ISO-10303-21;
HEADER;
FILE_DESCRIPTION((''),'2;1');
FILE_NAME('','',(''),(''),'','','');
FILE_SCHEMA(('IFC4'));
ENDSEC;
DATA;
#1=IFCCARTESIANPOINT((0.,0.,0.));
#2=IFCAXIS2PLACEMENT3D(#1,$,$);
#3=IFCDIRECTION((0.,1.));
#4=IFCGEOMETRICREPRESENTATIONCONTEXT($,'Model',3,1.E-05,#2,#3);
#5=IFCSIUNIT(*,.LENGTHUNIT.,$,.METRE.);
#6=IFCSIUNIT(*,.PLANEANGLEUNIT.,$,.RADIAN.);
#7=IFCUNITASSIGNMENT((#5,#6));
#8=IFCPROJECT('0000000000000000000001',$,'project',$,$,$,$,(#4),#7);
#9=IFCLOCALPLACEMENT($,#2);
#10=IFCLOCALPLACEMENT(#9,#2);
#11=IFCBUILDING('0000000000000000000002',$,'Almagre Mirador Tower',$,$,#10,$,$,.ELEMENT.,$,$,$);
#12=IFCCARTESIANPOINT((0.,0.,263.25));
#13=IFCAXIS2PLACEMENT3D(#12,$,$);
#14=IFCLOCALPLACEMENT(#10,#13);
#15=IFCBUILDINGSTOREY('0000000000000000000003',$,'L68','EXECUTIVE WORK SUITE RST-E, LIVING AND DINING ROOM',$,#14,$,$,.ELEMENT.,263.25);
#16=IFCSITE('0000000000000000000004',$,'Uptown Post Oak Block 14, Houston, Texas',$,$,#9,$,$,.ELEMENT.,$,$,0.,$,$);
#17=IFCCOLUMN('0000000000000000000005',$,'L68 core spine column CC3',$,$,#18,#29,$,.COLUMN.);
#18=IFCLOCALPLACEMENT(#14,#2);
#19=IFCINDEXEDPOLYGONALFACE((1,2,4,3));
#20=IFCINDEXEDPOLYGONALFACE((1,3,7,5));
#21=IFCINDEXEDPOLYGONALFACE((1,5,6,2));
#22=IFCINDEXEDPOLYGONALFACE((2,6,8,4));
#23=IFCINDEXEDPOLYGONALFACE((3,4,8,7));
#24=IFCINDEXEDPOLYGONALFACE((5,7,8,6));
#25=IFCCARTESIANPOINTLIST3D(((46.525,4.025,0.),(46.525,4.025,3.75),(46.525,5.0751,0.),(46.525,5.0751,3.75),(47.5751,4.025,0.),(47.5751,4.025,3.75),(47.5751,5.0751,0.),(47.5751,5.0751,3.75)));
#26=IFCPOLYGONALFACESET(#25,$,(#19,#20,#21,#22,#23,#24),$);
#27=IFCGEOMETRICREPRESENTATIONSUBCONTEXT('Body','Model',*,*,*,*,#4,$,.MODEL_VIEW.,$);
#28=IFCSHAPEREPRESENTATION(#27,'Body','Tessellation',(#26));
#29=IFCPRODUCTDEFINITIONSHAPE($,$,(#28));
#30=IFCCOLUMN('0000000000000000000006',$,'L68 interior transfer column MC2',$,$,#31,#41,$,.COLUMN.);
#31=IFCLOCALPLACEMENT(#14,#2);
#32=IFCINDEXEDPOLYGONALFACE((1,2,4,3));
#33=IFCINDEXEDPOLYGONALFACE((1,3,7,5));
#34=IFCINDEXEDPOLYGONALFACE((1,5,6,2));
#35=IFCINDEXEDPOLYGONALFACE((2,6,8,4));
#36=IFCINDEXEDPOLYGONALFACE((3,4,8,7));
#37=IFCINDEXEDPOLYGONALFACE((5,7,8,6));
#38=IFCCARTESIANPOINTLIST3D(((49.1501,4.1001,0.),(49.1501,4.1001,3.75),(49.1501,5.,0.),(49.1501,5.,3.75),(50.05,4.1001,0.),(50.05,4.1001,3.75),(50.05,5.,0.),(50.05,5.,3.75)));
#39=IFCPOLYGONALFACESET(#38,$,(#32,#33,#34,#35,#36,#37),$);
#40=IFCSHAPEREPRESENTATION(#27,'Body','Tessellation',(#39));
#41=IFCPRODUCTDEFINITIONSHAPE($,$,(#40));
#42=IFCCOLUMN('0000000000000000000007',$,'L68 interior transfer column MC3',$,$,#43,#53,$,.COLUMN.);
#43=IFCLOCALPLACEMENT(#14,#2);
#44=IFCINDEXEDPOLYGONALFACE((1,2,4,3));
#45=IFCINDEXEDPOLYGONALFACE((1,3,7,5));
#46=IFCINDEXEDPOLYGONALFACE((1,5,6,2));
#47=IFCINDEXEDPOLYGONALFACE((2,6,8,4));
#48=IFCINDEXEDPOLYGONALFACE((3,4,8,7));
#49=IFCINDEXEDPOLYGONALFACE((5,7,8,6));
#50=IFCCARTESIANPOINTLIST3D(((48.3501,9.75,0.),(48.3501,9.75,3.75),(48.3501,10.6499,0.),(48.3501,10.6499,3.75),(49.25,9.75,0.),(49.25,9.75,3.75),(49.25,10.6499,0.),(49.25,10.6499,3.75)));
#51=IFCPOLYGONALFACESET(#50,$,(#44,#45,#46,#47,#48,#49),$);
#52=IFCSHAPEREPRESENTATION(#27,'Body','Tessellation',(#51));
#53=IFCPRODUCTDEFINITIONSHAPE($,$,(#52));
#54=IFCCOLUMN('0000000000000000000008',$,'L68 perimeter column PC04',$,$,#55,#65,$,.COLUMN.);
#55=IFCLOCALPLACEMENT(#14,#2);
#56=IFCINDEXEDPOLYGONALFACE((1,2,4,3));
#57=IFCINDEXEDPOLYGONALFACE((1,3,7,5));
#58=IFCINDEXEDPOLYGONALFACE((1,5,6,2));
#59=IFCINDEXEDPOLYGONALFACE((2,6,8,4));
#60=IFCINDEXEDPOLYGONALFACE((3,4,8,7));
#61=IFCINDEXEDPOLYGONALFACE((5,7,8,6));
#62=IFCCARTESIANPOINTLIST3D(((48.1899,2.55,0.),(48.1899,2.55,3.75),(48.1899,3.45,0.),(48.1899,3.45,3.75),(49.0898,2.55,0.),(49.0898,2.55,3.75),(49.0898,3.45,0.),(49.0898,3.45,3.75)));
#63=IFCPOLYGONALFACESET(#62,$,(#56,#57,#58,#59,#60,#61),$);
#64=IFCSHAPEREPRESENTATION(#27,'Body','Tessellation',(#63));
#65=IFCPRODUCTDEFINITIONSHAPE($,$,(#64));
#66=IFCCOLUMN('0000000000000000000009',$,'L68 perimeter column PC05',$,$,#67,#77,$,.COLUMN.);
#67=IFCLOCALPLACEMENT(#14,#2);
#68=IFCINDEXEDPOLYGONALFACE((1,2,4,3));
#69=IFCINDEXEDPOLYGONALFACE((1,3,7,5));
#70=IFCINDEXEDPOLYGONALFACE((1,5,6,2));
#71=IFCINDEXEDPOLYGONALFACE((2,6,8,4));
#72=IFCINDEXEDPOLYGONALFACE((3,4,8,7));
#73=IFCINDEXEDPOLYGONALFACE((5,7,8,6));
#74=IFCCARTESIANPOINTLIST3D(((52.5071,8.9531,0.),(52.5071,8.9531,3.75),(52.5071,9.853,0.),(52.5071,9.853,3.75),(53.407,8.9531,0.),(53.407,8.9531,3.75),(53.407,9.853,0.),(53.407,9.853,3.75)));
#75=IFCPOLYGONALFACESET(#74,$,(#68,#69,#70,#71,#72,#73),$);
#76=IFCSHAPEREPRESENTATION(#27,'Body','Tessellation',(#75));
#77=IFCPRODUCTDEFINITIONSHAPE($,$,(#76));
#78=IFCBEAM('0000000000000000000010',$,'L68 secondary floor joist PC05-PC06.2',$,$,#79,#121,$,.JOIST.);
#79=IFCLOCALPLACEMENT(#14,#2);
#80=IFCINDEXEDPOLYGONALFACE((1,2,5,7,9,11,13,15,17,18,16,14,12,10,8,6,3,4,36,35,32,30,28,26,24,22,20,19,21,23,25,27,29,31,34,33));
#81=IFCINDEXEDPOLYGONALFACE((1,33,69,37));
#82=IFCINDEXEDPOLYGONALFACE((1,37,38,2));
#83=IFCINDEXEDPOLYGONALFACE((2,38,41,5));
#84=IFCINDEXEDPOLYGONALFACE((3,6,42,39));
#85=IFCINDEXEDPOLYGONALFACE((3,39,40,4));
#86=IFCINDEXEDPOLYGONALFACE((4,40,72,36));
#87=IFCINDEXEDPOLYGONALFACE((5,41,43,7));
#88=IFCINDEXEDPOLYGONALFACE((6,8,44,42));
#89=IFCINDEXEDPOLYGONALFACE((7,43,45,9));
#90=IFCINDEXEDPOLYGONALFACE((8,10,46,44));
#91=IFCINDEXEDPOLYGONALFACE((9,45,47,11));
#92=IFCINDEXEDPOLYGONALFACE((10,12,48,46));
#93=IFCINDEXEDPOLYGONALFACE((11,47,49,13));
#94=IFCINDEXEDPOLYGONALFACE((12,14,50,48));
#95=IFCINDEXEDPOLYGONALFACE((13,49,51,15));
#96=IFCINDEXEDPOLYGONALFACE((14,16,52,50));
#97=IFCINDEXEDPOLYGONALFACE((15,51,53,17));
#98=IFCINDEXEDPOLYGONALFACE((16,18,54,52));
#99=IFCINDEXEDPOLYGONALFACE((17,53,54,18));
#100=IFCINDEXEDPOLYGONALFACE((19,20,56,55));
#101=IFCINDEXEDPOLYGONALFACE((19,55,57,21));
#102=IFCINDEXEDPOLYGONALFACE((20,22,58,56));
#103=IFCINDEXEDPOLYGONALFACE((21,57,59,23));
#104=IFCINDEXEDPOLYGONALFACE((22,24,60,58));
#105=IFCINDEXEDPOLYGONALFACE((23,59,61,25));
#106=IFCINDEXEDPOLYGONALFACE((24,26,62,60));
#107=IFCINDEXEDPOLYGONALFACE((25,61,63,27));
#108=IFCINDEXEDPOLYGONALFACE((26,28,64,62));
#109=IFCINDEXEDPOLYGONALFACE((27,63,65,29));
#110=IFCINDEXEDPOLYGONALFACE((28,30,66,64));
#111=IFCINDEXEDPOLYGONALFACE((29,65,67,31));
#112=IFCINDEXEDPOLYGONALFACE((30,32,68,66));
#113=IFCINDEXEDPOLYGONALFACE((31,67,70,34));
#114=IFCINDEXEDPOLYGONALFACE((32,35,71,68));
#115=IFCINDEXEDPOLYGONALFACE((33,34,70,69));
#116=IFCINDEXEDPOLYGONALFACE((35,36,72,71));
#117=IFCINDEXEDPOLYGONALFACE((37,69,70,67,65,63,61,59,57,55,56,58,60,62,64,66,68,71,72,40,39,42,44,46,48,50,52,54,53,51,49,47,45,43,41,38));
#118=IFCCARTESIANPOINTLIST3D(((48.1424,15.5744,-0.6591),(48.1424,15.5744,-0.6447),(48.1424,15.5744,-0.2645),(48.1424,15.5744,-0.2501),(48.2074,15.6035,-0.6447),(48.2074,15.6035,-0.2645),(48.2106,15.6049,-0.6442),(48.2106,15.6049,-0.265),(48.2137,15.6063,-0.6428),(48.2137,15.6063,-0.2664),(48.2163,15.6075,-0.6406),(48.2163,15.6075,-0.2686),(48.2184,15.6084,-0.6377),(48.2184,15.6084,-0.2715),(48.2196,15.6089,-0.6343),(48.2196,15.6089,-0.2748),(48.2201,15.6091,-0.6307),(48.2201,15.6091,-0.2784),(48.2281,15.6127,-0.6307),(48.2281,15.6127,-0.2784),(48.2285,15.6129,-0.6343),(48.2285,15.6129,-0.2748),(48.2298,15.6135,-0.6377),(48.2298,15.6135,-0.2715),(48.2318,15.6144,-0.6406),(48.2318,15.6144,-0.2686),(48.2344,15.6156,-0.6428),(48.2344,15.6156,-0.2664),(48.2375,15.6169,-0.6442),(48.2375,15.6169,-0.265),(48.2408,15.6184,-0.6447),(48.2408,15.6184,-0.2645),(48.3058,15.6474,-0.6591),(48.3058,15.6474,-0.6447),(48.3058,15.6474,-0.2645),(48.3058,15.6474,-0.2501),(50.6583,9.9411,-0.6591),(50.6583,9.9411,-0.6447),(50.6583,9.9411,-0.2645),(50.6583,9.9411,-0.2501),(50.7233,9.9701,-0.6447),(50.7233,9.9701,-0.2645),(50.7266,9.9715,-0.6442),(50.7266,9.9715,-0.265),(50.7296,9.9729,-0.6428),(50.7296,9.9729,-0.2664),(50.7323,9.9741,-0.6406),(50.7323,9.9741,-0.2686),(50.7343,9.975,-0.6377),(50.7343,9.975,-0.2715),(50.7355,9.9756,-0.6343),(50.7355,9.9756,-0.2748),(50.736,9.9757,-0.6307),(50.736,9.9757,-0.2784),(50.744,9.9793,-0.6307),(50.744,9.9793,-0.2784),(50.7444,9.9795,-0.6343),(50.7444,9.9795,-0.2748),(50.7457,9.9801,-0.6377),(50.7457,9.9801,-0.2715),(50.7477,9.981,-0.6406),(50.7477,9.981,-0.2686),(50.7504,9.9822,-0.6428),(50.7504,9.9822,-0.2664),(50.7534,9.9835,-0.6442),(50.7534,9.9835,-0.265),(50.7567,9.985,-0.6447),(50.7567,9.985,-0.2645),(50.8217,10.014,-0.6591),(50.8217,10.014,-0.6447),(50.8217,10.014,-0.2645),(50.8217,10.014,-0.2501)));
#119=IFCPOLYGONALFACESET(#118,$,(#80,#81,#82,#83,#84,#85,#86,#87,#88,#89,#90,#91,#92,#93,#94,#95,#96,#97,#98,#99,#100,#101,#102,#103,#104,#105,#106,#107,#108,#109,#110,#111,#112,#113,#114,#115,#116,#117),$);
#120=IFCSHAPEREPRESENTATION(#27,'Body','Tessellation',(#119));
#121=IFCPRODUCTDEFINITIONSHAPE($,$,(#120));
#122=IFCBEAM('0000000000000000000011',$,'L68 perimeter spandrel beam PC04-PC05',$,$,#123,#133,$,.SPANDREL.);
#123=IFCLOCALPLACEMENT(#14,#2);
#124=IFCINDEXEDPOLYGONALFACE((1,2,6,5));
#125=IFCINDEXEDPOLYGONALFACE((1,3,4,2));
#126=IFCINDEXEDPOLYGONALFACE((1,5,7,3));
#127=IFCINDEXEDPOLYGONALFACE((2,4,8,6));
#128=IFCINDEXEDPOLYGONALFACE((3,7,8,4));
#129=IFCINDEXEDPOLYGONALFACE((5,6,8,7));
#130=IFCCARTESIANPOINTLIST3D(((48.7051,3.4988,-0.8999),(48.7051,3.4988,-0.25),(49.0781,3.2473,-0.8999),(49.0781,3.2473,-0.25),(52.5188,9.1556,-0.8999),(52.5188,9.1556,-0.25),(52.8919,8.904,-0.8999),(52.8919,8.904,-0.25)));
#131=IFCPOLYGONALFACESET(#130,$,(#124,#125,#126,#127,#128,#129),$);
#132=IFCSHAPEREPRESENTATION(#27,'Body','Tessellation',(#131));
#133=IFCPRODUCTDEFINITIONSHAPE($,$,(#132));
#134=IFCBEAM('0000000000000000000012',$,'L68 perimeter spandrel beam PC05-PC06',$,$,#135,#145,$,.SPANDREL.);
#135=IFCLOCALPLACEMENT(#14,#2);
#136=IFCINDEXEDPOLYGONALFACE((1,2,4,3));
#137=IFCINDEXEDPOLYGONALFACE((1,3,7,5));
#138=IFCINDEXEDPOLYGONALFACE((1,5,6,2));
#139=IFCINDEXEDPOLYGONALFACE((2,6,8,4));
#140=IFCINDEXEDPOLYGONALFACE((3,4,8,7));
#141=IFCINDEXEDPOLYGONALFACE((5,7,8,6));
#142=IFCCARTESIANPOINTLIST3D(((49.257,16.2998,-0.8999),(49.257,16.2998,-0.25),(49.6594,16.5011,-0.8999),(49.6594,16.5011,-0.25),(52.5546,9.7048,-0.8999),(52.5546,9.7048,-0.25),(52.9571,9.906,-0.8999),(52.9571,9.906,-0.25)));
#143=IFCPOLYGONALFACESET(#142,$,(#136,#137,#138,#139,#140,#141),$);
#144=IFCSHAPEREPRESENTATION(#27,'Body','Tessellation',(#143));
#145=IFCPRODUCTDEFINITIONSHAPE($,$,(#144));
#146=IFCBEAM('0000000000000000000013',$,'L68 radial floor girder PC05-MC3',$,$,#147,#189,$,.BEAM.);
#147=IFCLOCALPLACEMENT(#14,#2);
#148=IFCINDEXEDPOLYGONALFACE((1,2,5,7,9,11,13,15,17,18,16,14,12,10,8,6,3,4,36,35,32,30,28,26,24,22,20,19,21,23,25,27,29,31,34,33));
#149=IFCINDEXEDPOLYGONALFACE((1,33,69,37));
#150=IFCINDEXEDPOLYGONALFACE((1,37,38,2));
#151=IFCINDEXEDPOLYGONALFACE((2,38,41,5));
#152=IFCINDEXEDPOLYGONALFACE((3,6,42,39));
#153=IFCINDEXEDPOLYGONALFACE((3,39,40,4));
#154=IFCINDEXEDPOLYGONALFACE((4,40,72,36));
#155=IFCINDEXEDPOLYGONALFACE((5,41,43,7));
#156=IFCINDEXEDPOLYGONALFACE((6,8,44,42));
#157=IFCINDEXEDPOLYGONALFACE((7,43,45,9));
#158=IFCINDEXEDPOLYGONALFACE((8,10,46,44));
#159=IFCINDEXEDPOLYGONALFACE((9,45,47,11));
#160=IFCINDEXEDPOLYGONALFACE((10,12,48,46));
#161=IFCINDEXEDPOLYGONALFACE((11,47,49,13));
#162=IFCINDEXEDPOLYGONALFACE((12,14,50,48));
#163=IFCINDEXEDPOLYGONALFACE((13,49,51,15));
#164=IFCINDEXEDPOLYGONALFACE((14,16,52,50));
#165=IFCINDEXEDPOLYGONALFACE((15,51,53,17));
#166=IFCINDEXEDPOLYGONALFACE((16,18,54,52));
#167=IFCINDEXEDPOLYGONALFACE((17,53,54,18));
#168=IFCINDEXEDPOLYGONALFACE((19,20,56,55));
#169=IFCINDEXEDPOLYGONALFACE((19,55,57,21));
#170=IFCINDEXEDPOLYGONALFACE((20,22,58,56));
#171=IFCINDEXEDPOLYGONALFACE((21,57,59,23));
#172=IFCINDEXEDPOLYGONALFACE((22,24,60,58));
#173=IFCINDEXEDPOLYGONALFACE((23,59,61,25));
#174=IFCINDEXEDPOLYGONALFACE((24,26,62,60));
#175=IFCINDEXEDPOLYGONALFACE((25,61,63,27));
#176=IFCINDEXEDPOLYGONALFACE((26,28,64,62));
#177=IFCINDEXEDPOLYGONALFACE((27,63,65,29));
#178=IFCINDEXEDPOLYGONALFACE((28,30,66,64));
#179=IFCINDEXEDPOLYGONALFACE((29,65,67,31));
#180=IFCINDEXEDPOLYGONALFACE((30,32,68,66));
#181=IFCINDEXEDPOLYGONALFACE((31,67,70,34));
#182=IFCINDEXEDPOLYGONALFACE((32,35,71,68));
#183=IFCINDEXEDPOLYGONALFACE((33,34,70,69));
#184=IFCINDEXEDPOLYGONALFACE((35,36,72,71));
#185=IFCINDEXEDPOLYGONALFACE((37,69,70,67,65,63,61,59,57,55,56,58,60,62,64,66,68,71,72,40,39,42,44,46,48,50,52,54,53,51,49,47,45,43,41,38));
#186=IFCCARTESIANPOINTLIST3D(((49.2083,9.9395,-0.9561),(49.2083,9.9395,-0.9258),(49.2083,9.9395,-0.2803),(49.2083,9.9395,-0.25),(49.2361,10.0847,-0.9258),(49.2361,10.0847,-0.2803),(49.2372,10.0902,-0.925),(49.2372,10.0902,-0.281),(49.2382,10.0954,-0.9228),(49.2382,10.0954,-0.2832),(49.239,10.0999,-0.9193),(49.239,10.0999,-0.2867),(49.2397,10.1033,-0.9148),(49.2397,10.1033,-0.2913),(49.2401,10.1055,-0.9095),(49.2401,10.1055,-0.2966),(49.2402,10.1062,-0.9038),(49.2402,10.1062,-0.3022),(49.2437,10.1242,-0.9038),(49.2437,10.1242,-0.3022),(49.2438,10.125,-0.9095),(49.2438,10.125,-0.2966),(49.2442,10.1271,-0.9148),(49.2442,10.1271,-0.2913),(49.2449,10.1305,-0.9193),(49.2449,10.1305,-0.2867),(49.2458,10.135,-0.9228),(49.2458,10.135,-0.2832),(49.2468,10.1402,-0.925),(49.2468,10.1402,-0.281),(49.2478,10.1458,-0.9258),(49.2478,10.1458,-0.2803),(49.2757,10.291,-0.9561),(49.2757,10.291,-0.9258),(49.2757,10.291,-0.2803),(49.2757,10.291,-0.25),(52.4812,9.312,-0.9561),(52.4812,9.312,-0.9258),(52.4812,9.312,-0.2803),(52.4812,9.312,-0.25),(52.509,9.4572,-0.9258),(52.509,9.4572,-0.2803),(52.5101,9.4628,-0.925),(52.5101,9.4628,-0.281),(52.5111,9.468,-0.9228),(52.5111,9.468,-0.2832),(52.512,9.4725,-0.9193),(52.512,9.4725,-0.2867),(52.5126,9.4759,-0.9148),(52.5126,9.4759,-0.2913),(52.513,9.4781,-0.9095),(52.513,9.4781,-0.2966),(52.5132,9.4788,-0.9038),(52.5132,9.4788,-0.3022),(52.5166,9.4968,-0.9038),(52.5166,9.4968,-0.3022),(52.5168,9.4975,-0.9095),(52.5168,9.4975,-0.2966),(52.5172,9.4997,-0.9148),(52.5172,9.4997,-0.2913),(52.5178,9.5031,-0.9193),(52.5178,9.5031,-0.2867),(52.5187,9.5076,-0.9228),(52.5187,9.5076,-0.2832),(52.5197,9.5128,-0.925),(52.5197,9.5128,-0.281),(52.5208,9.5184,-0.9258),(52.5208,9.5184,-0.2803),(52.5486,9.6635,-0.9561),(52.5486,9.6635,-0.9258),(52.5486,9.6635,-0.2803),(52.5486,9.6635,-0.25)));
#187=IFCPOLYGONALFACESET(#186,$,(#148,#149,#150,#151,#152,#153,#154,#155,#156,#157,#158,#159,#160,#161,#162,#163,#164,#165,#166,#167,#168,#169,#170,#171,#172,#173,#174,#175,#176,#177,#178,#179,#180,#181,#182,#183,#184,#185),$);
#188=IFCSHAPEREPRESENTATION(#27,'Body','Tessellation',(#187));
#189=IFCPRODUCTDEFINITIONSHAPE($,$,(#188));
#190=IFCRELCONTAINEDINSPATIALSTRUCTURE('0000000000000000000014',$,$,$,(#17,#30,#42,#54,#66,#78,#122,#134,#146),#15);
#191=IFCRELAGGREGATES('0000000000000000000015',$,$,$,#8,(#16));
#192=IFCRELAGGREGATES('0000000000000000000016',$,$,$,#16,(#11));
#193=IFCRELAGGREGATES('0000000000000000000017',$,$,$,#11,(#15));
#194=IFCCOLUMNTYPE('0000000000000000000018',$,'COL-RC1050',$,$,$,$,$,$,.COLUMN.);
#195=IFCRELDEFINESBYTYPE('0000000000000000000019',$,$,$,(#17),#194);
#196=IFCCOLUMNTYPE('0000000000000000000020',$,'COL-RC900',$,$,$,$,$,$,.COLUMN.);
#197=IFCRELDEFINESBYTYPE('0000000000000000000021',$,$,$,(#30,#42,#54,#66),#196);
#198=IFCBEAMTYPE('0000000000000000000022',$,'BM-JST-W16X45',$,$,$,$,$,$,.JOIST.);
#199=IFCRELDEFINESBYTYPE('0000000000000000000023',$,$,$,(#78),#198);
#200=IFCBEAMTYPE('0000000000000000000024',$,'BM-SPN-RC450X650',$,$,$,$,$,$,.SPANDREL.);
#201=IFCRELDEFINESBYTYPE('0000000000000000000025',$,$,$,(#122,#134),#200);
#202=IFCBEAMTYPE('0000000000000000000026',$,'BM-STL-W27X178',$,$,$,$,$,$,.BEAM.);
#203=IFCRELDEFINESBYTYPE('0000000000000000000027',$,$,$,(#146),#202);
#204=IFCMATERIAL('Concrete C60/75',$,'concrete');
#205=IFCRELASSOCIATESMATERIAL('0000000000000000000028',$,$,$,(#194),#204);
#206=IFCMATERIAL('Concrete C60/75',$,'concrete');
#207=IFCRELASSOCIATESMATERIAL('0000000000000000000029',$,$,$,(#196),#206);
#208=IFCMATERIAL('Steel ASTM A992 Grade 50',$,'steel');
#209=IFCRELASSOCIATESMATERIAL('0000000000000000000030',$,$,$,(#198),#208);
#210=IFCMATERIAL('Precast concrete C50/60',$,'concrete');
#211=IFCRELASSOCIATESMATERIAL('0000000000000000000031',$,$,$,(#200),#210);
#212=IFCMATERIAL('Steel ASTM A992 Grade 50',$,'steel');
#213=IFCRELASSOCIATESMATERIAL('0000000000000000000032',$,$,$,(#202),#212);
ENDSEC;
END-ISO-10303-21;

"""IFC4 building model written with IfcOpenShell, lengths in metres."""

from ifc_helpers import new_model, si_unit, direction, frame, origin, origin_2d, place, context, subcontext, project, spatial, rectangle, i_section, extrude, material, material_profile, profile_set, type_object, element, save


model = new_model("IFC4")

# Units and contexts
model_context = context("Model", 3, precision=1e-05, world=origin(), true_north=direction((0.0, 1.0)))
body_context = subcontext(model_context, "Body", "Model", "MODEL_VIEW")
ifc_project = project(units=[si_unit("LENGTHUNIT", "METRE"), si_unit("PLANEANGLEUNIT", "RADIAN")], contexts=[model_context])

# Site, building, storey
site_placement = place(None, origin())
site = spatial("IfcSite", under=ifc_project, at=site_placement, Name="Uptown Post Oak Block 14, Houston, Texas", CompositionType="ELEMENT", RefElevation=0.0)
building_placement = place(site_placement, origin())
building = spatial("IfcBuilding", under=site, at=building_placement, Name="Almagre Mirador Tower", CompositionType="ELEMENT")
storey_placement = place(building_placement, frame((0.0, 0.0, 263.25)))
storey = spatial("IfcBuildingStorey", under=building, at=storey_placement, Name="L68", Description="EXECUTIVE WORK SUITE RST-E, LIVING AND DINING ROOM", CompositionType="ELEMENT", Elevation=263.25)

# Columns
ifc_material_1 = material(Name="Concrete C60/75", Category="concrete")
ifc_material_profile_1 = material_profile(ifc_material_1, rectangle(XDim=1.05, YDim=1.05, at=origin_2d()), Name="RC1050X1050")
ifc_profile_set_1 = profile_set([ifc_material_profile_1], Name="Concrete C60/75")
column_type_1 = type_object("IfcColumnType", Name="COL-RC1050", PredefinedType="COLUMN", material=ifc_profile_set_1)
column_placement = place(storey_placement, frame((47.05, 4.55, 0.0), z_axis=(0.0, 0.0, 1.0), x_axis=(1.0, 0.0, 0.0)))
element("IfcColumn", 1, at=column_placement, inside=storey, type_object=column_type_1, Name="L68 core spine column CC3", PredefinedType="COLUMN", context=body_context, shape_type="SweptSolid", body=[
    extrude(rectangle(XDim=1.05, YDim=1.05, at=origin_2d()), origin(), (0.0, 0.0, 1.0), 3.75),
])
ifc_material_2 = material(Name="Concrete C60/75", Category="concrete")
ifc_material_profile_2 = material_profile(ifc_material_2, rectangle(XDim=0.8999, YDim=0.8999, at=origin_2d()), Name="RC900X900")
ifc_profile_set_2 = profile_set([ifc_material_profile_2], Name="Concrete C60/75")
column_type_2 = type_object("IfcColumnType", Name="COL-RC900", PredefinedType="COLUMN", material=ifc_profile_set_2)
for number, where, z_axis, x_axis, name in (
    (2, (49.6001, 4.55, 0.0), (0.0, 0.0, 1.0), (1.0, 0.0, 0.0), "L68 interior transfer column MC2"),
    (3, (48.8, 10.2, 0.0), (0.0, 0.0, 1.0), (1.0, 0.0, 0.0), "L68 interior transfer column MC3"),
    (4, (48.6399, 3.0, 0.0), (0.0, 0.0, 1.0), (1.0, 0.0, 0.0), "L68 perimeter column PC04"),
    (5, (52.957, 9.4031, 0.0), (0.0, 0.0, 1.0), (1.0, 0.0, 0.0), "L68 perimeter column PC05"),
):
    element("IfcColumn", number, at=place(storey_placement, frame(where, z_axis=z_axis, x_axis=x_axis)), inside=storey, type_object=column_type_2, Name=name, PredefinedType="COLUMN", context=body_context, shape_type="SweptSolid", body=[
        extrude(rectangle(XDim=0.8999, YDim=0.8999, at=origin_2d()), origin(), (0.0, 0.0, 1.0), 3.75),
    ])

# Beams
ifc_material_3 = material(Name="Steel ASTM A992 Grade 50", Category="steel")
ifc_material_profile_3 = material_profile(ifc_material_3, i_section(OverallWidth=0.179, OverallDepth=0.4089, WebThickness=0.0088, FlangeThickness=0.0144, FilletRadius=0.0139, at=origin_2d()), Name="W16X45")
ifc_profile_set_3 = profile_set([ifc_material_profile_3], Name="Steel ASTM A992 Grade 50")
beam_type_1 = type_object("IfcBeamType", Name="BM-JST-W16X45", PredefinedType="JOIST", material=ifc_profile_set_3)
beam_1_placement = place(storey_placement, frame((50.74, 9.9775, -0.4546), z_axis=(-0.407786, 0.913077, 0.0), x_axis=(-0.913077, -0.407786, 0.0)))
element("IfcBeam", 6, at=beam_1_placement, inside=storey, type_object=beam_type_1, Name="L68 secondary floor joist PC05-PC06.2", PredefinedType="JOIST", context=body_context, shape_type="SweptSolid", body=[
    extrude(i_section(OverallWidth=0.179, OverallDepth=0.4089, WebThickness=0.0088, FlangeThickness=0.0144, FilletRadius=0.0139, at=origin_2d()), origin(), (0.0, 0.0, 1.0), 6.1697),
])
ifc_material_4 = material(Name="Precast concrete C50/60", Category="concrete")
ifc_material_profile_4 = material_profile(ifc_material_4, rectangle(XDim=0.45, YDim=0.6499, at=origin_2d()), Name="RC450X650")
ifc_profile_set_4 = profile_set([ifc_material_profile_4], Name="Precast concrete C50/60")
beam_type_2 = type_object("IfcBeamType", Name="BM-SPN-RC450X650", PredefinedType="SPANDREL", material=ifc_profile_set_4)
beam_2_placement = place(storey_placement, frame((48.8916, 3.373, -0.575), z_axis=(0.559012, 0.82916, 0.0), x_axis=(-0.82916, 0.559012, 0.0)))
element("IfcBeam", 7, at=beam_2_placement, inside=storey, type_object=beam_type_2, Name="L68 perimeter spandrel beam PC04-PC05", PredefinedType="SPANDREL", context=body_context, shape_type="SweptSolid", body=[
    extrude(rectangle(XDim=0.45, YDim=0.6499, at=origin_2d()), origin(), (0.0, 0.0, 1.0), 6.8223),
])
beam_3_placement = place(storey_placement, frame((52.7559, 9.8054, -0.575), z_axis=(-0.447227, 0.894421, 0.0), x_axis=(-0.894421, -0.447227, 0.0)))
element("IfcBeam", 8, at=beam_3_placement, inside=storey, type_object=beam_type_2, Name="L68 perimeter spandrel beam PC05-PC06", PredefinedType="SPANDREL", context=body_context, shape_type="SweptSolid", body=[
    extrude(rectangle(XDim=0.45, YDim=0.6499, at=origin_2d()), origin(), (0.0, 0.0, 1.0), 7.3735),
])
ifc_material_5 = material(Name="Steel ASTM A992 Grade 50", Category="steel")
ifc_material_profile_5 = material_profile(ifc_material_5, i_section(OverallWidth=0.3579, OverallDepth=0.7061, WebThickness=0.0183, FlangeThickness=0.0303, FilletRadius=0.022, at=origin_2d()), Name="W27X178")
ifc_profile_set_5 = profile_set([ifc_material_profile_5], Name="Steel ASTM A992 Grade 50")
beam_type_3 = type_object("IfcBeamType", Name="BM-STL-W27X178", PredefinedType="BEAM", material=ifc_profile_set_5)
beam_4_placement = place(storey_placement, frame((52.5149, 9.4878, -0.603), z_axis=(-0.982116, 0.188277, 0.0), x_axis=(-0.188277, -0.982116, 0.0)))
element("IfcBeam", 9, at=beam_4_placement, inside=storey, type_object=beam_type_3, Name="L68 radial floor girder PC05-MC3", PredefinedType="BEAM", context=body_context, shape_type="SweptSolid", body=[
    extrude(i_section(OverallWidth=0.3579, OverallDepth=0.7061, WebThickness=0.0183, FlangeThickness=0.0303, FilletRadius=0.022, at=origin_2d()), origin(), (0.0, 0.0, 1.0), 3.3325),
])

save(model, "model.ifc")
